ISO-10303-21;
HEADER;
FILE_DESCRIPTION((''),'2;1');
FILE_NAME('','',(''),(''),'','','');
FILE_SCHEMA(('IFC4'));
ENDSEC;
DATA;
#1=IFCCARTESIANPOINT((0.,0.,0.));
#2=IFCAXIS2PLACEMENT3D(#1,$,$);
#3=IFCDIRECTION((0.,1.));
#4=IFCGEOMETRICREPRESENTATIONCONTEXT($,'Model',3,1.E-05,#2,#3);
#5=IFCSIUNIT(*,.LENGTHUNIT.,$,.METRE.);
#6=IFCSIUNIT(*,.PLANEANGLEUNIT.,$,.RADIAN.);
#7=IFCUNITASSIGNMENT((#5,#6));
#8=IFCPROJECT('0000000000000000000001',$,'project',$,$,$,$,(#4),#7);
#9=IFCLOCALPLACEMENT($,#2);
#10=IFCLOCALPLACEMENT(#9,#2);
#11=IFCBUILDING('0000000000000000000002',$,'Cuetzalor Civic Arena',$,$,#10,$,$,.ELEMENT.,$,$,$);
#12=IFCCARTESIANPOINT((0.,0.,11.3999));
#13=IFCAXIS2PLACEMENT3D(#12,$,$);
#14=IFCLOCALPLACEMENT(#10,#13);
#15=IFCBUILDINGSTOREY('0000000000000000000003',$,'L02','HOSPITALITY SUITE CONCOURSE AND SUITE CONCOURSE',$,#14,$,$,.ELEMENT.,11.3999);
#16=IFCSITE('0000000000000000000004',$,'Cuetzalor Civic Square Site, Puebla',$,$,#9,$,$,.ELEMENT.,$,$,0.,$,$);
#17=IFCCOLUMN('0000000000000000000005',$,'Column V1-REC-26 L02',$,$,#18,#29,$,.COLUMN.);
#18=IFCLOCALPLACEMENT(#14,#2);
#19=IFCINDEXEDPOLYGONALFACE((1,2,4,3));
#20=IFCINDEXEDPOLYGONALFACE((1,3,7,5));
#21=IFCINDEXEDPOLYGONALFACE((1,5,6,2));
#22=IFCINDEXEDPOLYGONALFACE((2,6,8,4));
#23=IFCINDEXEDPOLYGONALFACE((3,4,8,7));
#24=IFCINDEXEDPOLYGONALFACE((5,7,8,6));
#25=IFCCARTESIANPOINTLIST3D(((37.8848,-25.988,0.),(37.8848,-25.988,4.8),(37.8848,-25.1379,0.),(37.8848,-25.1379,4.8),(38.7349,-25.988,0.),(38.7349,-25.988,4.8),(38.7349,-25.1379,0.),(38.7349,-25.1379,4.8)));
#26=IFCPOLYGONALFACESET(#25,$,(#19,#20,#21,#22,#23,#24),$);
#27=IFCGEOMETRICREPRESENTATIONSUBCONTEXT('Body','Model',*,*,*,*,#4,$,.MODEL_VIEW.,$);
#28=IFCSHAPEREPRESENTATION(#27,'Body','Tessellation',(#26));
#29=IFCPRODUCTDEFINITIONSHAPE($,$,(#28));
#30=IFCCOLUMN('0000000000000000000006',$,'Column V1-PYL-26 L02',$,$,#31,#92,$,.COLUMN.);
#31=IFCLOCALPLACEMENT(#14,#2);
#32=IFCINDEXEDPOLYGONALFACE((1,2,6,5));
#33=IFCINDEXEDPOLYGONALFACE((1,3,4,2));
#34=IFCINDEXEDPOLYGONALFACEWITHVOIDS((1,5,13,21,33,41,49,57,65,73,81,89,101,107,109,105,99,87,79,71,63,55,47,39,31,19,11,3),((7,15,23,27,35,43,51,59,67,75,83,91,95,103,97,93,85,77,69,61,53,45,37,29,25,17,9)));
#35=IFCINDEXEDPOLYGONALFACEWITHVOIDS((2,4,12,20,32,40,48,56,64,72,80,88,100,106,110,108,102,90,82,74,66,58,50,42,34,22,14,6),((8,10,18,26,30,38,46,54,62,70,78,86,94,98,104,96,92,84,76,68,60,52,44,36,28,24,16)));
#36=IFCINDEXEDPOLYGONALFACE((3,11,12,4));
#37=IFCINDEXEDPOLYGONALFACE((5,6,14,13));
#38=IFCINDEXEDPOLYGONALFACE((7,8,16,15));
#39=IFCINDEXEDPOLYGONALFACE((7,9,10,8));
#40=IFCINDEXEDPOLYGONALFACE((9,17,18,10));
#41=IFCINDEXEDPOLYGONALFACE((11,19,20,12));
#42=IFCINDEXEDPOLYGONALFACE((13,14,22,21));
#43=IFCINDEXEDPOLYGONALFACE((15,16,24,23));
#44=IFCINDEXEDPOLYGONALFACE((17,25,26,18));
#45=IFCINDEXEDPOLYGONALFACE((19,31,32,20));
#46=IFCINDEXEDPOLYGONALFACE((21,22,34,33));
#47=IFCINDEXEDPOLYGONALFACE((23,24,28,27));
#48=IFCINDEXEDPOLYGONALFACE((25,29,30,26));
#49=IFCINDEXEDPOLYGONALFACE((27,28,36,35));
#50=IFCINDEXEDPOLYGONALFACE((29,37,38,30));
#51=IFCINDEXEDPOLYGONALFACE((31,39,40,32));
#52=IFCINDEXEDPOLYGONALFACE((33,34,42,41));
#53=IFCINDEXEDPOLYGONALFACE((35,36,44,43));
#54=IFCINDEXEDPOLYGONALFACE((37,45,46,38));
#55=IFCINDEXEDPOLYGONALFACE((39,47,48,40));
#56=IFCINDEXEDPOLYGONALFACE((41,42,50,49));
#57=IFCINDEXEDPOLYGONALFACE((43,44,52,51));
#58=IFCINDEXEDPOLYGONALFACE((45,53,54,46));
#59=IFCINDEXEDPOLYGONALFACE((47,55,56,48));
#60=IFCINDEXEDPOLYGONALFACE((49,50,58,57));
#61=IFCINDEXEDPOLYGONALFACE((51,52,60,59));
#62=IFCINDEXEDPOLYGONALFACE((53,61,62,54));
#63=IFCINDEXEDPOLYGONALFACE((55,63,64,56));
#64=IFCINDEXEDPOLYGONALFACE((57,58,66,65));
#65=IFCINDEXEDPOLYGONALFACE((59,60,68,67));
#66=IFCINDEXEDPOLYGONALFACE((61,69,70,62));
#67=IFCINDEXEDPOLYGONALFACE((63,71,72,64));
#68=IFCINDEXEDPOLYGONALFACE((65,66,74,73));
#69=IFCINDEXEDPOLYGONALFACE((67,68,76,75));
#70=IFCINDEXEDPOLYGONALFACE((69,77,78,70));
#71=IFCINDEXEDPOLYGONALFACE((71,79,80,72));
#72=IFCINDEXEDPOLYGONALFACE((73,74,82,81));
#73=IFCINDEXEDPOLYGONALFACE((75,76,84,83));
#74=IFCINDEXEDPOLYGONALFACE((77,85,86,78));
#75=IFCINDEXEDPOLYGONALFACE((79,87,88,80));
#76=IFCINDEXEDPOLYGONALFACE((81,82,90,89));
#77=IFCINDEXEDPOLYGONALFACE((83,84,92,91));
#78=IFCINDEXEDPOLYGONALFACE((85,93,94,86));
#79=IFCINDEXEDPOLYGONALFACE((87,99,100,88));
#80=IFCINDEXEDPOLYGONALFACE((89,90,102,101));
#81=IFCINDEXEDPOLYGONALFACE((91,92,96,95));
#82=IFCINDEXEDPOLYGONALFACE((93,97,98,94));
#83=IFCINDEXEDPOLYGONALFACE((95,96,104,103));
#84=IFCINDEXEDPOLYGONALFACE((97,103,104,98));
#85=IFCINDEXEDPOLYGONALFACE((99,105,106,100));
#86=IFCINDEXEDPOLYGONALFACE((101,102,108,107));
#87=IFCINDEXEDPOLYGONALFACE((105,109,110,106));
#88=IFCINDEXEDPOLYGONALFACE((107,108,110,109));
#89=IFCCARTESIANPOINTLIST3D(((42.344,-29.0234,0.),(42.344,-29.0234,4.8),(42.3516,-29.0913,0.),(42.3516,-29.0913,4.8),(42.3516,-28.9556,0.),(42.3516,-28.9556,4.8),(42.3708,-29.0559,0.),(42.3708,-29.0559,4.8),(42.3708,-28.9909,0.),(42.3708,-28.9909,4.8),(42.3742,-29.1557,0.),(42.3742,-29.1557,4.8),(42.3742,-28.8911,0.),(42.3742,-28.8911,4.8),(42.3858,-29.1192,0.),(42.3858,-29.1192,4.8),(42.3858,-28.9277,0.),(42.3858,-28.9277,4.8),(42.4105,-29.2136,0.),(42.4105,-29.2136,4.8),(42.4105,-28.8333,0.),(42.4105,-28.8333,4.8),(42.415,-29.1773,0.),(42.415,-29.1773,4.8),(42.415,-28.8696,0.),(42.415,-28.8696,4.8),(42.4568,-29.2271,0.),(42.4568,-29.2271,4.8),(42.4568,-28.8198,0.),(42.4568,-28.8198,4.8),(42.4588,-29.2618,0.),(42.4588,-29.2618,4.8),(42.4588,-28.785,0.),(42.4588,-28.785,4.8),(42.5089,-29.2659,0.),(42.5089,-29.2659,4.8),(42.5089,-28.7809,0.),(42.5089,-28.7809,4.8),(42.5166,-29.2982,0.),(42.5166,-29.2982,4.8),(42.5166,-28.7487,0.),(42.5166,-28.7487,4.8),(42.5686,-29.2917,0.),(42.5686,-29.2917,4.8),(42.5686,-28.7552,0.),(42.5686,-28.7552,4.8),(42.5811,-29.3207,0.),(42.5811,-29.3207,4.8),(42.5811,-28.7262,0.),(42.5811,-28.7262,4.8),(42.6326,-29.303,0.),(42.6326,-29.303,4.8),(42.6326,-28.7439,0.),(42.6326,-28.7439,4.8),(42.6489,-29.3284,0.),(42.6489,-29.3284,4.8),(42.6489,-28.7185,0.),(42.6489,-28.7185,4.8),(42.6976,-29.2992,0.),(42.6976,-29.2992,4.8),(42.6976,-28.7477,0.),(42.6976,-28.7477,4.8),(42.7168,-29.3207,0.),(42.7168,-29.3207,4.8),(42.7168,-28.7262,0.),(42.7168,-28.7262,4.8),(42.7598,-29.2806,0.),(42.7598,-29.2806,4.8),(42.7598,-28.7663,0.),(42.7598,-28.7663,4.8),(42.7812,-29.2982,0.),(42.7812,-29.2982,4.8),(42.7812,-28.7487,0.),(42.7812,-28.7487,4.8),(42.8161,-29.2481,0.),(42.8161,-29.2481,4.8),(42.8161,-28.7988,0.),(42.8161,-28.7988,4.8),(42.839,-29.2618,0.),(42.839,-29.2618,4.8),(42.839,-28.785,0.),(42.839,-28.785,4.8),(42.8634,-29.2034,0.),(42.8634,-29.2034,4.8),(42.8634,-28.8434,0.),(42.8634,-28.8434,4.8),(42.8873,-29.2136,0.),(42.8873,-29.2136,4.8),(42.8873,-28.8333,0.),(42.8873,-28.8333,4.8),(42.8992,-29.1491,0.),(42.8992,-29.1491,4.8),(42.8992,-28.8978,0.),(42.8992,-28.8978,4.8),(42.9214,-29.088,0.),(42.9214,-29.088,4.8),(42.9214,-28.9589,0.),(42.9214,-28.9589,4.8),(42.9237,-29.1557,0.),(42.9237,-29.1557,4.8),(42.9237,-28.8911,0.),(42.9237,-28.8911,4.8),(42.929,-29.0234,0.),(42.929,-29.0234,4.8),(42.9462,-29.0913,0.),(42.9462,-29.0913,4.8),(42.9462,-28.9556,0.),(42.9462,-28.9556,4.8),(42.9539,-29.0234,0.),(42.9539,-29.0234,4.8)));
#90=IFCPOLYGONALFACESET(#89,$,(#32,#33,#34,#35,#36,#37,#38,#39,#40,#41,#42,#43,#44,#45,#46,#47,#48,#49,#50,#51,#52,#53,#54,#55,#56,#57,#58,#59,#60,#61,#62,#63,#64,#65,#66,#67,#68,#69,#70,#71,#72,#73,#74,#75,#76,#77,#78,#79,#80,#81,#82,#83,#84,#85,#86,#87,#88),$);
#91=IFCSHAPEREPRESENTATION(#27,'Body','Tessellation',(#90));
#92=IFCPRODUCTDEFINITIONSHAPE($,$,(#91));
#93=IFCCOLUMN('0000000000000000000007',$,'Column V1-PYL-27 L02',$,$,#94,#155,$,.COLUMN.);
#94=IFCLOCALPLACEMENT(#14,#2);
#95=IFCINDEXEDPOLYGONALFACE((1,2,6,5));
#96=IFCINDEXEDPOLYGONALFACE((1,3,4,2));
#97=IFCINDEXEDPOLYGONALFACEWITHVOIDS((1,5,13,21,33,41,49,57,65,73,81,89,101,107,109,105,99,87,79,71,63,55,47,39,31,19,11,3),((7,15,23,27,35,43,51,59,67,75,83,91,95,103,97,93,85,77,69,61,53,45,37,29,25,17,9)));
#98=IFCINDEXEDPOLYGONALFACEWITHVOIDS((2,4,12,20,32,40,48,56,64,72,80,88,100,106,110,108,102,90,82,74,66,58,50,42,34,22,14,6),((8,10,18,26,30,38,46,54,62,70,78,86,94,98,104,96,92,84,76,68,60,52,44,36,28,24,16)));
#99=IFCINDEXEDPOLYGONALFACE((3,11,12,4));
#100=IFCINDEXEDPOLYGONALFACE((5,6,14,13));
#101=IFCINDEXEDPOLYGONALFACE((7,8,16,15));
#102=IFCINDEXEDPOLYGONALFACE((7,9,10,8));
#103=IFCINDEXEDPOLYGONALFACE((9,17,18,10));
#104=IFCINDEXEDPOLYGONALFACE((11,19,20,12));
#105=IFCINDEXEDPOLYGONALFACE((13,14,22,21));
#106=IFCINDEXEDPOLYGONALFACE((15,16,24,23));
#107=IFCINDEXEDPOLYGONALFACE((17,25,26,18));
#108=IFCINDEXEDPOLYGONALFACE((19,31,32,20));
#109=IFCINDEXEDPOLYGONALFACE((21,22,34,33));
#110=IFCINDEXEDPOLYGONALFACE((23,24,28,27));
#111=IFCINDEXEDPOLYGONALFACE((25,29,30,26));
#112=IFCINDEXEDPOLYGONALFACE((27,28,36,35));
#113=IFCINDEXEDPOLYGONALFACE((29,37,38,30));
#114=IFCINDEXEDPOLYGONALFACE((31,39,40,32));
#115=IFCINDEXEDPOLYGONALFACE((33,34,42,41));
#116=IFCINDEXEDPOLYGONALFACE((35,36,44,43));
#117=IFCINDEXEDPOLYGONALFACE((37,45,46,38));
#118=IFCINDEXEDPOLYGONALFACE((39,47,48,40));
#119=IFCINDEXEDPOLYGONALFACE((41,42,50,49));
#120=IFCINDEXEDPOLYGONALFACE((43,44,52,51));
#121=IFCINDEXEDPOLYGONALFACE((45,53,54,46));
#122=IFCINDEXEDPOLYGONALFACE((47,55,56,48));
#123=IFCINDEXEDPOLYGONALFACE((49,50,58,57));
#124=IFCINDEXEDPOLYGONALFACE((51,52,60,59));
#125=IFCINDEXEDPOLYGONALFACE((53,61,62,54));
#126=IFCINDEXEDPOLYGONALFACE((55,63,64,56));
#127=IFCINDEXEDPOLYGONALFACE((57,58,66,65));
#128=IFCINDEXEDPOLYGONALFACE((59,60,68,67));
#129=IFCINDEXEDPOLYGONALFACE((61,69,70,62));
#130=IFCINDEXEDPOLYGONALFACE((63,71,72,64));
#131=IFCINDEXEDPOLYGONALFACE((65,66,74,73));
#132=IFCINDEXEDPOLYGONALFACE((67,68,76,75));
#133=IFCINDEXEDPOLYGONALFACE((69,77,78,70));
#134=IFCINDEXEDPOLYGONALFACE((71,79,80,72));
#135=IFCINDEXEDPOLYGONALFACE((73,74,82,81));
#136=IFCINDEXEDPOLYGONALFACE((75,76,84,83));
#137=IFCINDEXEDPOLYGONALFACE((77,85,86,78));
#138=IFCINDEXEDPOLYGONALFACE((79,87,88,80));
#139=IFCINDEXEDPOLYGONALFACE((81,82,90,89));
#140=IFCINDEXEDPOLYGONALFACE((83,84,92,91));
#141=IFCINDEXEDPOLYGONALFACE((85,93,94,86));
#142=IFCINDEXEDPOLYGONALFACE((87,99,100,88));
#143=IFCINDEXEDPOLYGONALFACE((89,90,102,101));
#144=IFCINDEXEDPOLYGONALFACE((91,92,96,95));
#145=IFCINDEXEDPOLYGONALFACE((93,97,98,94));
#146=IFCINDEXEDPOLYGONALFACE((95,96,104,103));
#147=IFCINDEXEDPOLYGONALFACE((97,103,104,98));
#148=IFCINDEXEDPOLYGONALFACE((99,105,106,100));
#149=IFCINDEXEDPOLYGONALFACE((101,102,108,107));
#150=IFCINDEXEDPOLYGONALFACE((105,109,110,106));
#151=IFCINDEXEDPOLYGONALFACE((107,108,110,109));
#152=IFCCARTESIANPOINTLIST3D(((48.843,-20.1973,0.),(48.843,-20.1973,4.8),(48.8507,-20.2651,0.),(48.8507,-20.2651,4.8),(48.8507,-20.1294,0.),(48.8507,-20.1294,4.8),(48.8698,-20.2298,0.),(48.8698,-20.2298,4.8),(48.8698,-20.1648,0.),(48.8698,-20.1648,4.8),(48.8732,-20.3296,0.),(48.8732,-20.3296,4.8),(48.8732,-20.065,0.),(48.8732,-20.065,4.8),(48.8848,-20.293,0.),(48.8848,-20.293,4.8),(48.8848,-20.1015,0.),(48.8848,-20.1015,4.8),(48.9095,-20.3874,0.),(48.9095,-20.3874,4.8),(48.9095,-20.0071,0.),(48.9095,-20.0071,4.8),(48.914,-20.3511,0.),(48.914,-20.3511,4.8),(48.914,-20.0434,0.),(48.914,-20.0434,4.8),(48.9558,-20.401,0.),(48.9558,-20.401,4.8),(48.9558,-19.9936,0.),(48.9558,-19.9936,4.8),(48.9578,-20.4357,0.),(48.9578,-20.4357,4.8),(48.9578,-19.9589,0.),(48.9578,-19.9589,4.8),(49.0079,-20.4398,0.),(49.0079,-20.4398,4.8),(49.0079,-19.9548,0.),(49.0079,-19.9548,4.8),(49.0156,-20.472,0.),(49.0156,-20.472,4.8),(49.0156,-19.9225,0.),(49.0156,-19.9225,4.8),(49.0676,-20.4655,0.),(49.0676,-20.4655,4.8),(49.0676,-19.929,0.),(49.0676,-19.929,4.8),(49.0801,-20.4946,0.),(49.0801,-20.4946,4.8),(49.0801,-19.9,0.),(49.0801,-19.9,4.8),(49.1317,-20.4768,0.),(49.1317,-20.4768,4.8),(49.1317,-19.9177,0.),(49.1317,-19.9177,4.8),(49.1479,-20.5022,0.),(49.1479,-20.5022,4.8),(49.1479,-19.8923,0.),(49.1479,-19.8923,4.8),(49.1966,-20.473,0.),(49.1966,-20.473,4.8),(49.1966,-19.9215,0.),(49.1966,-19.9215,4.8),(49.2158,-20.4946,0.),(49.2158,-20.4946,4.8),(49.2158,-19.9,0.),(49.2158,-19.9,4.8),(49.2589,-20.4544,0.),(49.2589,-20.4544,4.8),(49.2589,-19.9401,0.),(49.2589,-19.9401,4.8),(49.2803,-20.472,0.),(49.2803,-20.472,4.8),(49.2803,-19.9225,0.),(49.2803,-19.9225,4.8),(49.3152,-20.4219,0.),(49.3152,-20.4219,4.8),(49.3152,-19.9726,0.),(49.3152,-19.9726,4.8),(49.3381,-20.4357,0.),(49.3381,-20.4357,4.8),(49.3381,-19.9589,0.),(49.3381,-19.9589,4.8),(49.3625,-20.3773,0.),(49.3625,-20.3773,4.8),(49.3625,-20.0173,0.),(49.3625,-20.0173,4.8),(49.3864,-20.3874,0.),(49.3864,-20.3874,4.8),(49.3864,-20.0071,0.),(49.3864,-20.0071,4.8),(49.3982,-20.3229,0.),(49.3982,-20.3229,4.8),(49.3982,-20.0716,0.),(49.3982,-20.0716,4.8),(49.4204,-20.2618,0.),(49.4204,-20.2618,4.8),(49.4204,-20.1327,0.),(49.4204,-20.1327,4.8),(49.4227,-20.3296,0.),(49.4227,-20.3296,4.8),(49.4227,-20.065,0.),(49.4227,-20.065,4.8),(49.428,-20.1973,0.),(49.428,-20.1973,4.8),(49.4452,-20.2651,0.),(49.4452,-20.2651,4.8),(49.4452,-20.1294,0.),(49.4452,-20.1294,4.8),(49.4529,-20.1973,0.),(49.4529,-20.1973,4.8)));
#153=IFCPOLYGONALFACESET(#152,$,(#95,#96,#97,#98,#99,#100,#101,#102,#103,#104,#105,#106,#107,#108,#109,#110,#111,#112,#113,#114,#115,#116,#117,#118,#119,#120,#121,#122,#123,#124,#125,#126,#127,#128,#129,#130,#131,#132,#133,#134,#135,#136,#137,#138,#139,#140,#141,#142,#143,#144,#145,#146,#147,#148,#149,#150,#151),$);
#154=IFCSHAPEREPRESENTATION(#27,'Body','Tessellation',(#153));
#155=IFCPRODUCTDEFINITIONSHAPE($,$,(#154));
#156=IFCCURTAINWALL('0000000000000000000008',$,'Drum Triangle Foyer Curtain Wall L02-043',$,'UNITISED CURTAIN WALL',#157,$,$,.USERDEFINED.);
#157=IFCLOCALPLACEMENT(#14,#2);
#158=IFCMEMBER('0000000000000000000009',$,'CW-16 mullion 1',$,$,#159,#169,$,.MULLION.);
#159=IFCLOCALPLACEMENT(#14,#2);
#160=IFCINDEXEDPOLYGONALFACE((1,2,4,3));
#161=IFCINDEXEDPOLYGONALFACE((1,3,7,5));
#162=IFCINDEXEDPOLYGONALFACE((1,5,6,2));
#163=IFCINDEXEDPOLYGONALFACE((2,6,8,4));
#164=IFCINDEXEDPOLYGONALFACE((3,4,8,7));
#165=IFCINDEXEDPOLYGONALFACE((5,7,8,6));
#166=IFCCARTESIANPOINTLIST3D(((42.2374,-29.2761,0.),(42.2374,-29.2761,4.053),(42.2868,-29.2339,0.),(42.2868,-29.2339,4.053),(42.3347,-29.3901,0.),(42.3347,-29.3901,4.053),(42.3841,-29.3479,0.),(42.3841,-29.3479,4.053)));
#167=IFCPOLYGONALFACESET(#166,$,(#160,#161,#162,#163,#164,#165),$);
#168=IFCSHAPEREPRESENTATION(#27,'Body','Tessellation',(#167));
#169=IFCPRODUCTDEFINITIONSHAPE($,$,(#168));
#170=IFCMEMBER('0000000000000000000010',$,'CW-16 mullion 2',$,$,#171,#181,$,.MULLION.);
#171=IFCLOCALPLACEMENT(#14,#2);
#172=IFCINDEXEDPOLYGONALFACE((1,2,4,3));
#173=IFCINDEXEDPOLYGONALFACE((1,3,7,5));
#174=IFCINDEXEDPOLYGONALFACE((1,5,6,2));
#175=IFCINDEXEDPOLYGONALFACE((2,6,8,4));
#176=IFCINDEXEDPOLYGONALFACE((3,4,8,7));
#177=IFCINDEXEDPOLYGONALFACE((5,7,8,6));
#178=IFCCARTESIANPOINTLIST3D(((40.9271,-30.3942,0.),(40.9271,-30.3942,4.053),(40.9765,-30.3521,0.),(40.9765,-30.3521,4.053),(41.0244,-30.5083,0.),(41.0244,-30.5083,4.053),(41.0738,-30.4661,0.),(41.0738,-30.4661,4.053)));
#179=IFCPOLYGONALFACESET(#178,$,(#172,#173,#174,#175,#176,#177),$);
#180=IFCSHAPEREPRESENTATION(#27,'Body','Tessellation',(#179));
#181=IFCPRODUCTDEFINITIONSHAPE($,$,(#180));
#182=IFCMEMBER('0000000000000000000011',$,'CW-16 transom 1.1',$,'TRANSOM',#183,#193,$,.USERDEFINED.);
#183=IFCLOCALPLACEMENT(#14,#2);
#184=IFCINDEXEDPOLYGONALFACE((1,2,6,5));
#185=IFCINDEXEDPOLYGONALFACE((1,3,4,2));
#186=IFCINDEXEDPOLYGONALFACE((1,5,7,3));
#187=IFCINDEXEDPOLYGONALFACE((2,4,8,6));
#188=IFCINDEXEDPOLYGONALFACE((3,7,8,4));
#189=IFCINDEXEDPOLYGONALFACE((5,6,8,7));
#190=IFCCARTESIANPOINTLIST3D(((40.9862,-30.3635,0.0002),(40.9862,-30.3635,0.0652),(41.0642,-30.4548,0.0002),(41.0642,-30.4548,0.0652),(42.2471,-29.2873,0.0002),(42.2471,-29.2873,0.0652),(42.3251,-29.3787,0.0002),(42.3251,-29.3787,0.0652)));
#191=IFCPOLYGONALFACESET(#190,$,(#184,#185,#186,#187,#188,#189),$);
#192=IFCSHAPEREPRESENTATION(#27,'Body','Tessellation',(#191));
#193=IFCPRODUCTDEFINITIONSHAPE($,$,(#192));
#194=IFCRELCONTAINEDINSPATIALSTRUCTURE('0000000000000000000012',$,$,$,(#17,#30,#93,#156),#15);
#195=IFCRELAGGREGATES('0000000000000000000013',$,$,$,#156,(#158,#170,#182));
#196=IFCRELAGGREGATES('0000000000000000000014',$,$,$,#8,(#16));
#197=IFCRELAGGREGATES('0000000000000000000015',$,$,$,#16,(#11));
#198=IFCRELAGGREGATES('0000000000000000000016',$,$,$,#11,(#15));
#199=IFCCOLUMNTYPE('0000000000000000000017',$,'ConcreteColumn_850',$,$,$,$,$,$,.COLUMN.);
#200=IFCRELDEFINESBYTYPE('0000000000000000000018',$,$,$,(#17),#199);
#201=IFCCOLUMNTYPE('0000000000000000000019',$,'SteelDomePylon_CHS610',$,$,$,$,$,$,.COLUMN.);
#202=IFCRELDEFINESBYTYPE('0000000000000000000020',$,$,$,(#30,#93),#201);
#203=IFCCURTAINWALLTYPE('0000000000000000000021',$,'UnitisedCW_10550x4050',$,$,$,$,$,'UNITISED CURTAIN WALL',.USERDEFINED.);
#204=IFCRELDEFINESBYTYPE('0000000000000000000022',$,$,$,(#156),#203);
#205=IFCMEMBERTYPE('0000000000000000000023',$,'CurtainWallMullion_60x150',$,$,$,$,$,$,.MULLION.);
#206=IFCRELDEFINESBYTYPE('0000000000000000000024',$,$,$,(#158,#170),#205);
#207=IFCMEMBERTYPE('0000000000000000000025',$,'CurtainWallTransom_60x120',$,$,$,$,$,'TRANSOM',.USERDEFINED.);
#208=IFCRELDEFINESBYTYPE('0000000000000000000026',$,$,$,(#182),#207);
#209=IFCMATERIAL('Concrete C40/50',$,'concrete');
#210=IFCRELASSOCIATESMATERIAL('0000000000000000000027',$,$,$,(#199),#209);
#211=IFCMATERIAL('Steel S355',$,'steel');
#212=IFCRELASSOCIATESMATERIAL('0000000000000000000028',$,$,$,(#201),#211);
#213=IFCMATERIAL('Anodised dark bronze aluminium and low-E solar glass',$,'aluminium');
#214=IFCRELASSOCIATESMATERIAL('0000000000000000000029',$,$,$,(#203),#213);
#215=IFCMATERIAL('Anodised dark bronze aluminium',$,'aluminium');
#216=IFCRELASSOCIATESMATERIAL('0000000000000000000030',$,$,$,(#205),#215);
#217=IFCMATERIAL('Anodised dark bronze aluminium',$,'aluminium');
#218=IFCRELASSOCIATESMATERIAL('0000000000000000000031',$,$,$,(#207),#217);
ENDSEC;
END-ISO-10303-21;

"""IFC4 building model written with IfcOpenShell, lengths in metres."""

from ifc_helpers import new_model, si_unit, direction, frame, origin, origin_2d, place, context, subcontext, project, spatial, rectangle, hollow_circle, extrude, material, material_profile, profile_set, type_object, element, aggregate, save


model = new_model("IFC4")

# Units and contexts
model_context = context("Model", 3, precision=1e-05, world=origin(), true_north=direction((0.0, 1.0)))
body_context = subcontext(model_context, "Body", "Model", "MODEL_VIEW")
ifc_project = project(units=[si_unit("LENGTHUNIT", "METRE"), si_unit("PLANEANGLEUNIT", "RADIAN")], contexts=[model_context])

# Site, building, storey
site_placement = place(None, origin())
site = spatial("IfcSite", under=ifc_project, at=site_placement, Name="Cuetzalor Civic Square Site, Puebla", CompositionType="ELEMENT", RefElevation=0.0)
building_placement = place(site_placement, origin())
building = spatial("IfcBuilding", under=site, at=building_placement, Name="Cuetzalor Civic Arena", CompositionType="ELEMENT")
storey_placement = place(building_placement, frame((0.0, 0.0, 11.3999)))
storey = spatial("IfcBuildingStorey", under=building, at=storey_placement, Name="L02", Description="HOSPITALITY SUITE CONCOURSE AND SUITE CONCOURSE", CompositionType="ELEMENT", Elevation=11.3999)

# Columns
ifc_material_1 = material(Name="Concrete C40/50", Category="concrete")
ifc_material_profile_1 = material_profile(ifc_material_1, rectangle(XDim=0.8501, YDim=0.8501, at=origin_2d()), Name="RC 850x850")
ifc_profile_set_1 = profile_set([ifc_material_profile_1], Name="Concrete C40/50")
column_type_1 = type_object("IfcColumnType", Name="ConcreteColumn_850", PredefinedType="COLUMN", material=ifc_profile_set_1)
column_placement = place(storey_placement, frame((38.3098, -25.563, 0.0), z_axis=(0.0, 0.0, 1.0), x_axis=(1.0, 0.0, 0.0)))
element("IfcColumn", 1, at=column_placement, inside=storey, type_object=column_type_1, Name="Column V1-REC-26 L02", PredefinedType="COLUMN", context=body_context, shape_type="SweptSolid", body=[
    extrude(rectangle(XDim=0.8501, YDim=0.8501, at=origin_2d()), origin(), (0.0, 0.0, 1.0), 4.8),
])
ifc_material_2 = material(Name="Steel S355", Category="steel")
ifc_material_profile_2 = material_profile(ifc_material_2, hollow_circle(Radius=0.3049, WallThickness=0.0249, at=origin_2d()), Name="CHS 610x25")
ifc_profile_set_2 = profile_set([ifc_material_profile_2], Name="Steel S355")
column_type_2 = type_object("IfcColumnType", Name="SteelDomePylon_CHS610", PredefinedType="COLUMN", material=ifc_profile_set_2)
for number, where, z_axis, x_axis, name in (
    (2, (42.6489, -29.0234, 0.0), (0.0, 0.0, 1.0), (1.0, 0.0, 0.0), "Column V1-PYL-26 L02"),
    (3, (49.1479, -20.1973, 0.0), (0.0, 0.0, 1.0), (1.0, 0.0, 0.0), "Column V1-PYL-27 L02"),
):
    element("IfcColumn", number, at=place(storey_placement, frame(where, z_axis=z_axis, x_axis=x_axis)), inside=storey, type_object=column_type_2, Name=name, PredefinedType="COLUMN", context=body_context, shape_type="SweptSolid", body=[
        extrude(hollow_circle(Radius=0.3049, WallThickness=0.0249, at=origin_2d()), origin(), (0.0, 0.0, 1.0), 4.8),
    ])

# Curtain wall, members
ifc_material_3 = material(Name="Anodised dark bronze aluminium and low-E solar glass", Category="aluminium")
curtain_wall_type = type_object("IfcCurtainWallType", Name="UnitisedCW_10550x4050", ElementType="UNITISED CURTAIN WALL", PredefinedType="USERDEFINED", material=ifc_material_3)
curtain_wall_placement = place(storey_placement, origin())
curtain_wall = element("IfcCurtainWall", 4, at=curtain_wall_placement, inside=storey, type_object=curtain_wall_type, Name="Drum Triangle Foyer Curtain Wall L02-043", ObjectType="UNITISED CURTAIN WALL", PredefinedType="USERDEFINED")
ifc_material_4 = material(Name="Anodised dark bronze aluminium", Category="aluminium")
ifc_material_profile_3 = material_profile(ifc_material_4, rectangle(XDim=0.0649, YDim=0.1499, at=origin_2d()), Name="ALU MULLION 65x150")
ifc_profile_set_3 = profile_set([ifc_material_profile_3], Name="Anodised dark bronze aluminium")
member_type_1 = type_object("IfcMemberType", Name="CurtainWallMullion_60x150", PredefinedType="MULLION", material=ifc_profile_set_3)
member_1_placement = place(storey_placement, frame((42.3108, -29.312, 0.0), z_axis=(0.0, 0.0, 1.0), x_axis=(-0.760677, -0.64913, 0.0)))
member_1 = element("IfcMember", 5, at=member_1_placement, type_object=member_type_1, Name="CW-16 mullion 1", PredefinedType="MULLION", context=body_context, shape_type="SweptSolid", body=[
    extrude(rectangle(XDim=0.0649, YDim=0.1499, at=origin_2d()), origin(), (0.0, 0.0, 1.0), 4.053),
])
member_2_placement = place(storey_placement, frame((41.0005, -30.4302, 0.0), z_axis=(0.0, 0.0, 1.0), x_axis=(-0.760677, -0.64913, 0.0)))
member_2 = element("IfcMember", 6, at=member_2_placement, type_object=member_type_1, Name="CW-16 mullion 2", PredefinedType="MULLION", context=body_context, shape_type="SweptSolid", body=[
    extrude(rectangle(XDim=0.0649, YDim=0.1499, at=origin_2d()), origin(), (0.0, 0.0, 1.0), 4.053),
])
ifc_material_5 = material(Name="Anodised dark bronze aluminium", Category="aluminium")
ifc_material_profile_4 = material_profile(ifc_material_5, rectangle(XDim=0.1201, YDim=0.0649, at=origin_2d()), Name="ALU TRANSOM 65x120")
ifc_profile_set_4 = profile_set([ifc_material_profile_4], Name="Anodised dark bronze aluminium")
member_type_2 = type_object("IfcMemberType", Name="CurtainWallTransom_60x120", ElementType="TRANSOM", PredefinedType="USERDEFINED", material=ifc_profile_set_4)
member_3_placement = place(storey_placement, frame((42.2861, -29.333, 0.0327), z_axis=(-0.760648, -0.649165, 0.0), x_axis=(0.649165, -0.760648, 0.0)))
member_3 = element("IfcMember", 7, at=member_3_placement, type_object=member_type_2, Name="CW-16 transom 1.1", ObjectType="TRANSOM", PredefinedType="USERDEFINED", context=body_context, shape_type="SweptSolid", body=[
    extrude(rectangle(XDim=0.1201, YDim=0.0649, at=origin_2d()), origin(), (0.0, 0.0, 1.0), 1.6577),
])

aggregate(curtain_wall, [member_1, member_2, member_3])

save(model, "model.ifc")
